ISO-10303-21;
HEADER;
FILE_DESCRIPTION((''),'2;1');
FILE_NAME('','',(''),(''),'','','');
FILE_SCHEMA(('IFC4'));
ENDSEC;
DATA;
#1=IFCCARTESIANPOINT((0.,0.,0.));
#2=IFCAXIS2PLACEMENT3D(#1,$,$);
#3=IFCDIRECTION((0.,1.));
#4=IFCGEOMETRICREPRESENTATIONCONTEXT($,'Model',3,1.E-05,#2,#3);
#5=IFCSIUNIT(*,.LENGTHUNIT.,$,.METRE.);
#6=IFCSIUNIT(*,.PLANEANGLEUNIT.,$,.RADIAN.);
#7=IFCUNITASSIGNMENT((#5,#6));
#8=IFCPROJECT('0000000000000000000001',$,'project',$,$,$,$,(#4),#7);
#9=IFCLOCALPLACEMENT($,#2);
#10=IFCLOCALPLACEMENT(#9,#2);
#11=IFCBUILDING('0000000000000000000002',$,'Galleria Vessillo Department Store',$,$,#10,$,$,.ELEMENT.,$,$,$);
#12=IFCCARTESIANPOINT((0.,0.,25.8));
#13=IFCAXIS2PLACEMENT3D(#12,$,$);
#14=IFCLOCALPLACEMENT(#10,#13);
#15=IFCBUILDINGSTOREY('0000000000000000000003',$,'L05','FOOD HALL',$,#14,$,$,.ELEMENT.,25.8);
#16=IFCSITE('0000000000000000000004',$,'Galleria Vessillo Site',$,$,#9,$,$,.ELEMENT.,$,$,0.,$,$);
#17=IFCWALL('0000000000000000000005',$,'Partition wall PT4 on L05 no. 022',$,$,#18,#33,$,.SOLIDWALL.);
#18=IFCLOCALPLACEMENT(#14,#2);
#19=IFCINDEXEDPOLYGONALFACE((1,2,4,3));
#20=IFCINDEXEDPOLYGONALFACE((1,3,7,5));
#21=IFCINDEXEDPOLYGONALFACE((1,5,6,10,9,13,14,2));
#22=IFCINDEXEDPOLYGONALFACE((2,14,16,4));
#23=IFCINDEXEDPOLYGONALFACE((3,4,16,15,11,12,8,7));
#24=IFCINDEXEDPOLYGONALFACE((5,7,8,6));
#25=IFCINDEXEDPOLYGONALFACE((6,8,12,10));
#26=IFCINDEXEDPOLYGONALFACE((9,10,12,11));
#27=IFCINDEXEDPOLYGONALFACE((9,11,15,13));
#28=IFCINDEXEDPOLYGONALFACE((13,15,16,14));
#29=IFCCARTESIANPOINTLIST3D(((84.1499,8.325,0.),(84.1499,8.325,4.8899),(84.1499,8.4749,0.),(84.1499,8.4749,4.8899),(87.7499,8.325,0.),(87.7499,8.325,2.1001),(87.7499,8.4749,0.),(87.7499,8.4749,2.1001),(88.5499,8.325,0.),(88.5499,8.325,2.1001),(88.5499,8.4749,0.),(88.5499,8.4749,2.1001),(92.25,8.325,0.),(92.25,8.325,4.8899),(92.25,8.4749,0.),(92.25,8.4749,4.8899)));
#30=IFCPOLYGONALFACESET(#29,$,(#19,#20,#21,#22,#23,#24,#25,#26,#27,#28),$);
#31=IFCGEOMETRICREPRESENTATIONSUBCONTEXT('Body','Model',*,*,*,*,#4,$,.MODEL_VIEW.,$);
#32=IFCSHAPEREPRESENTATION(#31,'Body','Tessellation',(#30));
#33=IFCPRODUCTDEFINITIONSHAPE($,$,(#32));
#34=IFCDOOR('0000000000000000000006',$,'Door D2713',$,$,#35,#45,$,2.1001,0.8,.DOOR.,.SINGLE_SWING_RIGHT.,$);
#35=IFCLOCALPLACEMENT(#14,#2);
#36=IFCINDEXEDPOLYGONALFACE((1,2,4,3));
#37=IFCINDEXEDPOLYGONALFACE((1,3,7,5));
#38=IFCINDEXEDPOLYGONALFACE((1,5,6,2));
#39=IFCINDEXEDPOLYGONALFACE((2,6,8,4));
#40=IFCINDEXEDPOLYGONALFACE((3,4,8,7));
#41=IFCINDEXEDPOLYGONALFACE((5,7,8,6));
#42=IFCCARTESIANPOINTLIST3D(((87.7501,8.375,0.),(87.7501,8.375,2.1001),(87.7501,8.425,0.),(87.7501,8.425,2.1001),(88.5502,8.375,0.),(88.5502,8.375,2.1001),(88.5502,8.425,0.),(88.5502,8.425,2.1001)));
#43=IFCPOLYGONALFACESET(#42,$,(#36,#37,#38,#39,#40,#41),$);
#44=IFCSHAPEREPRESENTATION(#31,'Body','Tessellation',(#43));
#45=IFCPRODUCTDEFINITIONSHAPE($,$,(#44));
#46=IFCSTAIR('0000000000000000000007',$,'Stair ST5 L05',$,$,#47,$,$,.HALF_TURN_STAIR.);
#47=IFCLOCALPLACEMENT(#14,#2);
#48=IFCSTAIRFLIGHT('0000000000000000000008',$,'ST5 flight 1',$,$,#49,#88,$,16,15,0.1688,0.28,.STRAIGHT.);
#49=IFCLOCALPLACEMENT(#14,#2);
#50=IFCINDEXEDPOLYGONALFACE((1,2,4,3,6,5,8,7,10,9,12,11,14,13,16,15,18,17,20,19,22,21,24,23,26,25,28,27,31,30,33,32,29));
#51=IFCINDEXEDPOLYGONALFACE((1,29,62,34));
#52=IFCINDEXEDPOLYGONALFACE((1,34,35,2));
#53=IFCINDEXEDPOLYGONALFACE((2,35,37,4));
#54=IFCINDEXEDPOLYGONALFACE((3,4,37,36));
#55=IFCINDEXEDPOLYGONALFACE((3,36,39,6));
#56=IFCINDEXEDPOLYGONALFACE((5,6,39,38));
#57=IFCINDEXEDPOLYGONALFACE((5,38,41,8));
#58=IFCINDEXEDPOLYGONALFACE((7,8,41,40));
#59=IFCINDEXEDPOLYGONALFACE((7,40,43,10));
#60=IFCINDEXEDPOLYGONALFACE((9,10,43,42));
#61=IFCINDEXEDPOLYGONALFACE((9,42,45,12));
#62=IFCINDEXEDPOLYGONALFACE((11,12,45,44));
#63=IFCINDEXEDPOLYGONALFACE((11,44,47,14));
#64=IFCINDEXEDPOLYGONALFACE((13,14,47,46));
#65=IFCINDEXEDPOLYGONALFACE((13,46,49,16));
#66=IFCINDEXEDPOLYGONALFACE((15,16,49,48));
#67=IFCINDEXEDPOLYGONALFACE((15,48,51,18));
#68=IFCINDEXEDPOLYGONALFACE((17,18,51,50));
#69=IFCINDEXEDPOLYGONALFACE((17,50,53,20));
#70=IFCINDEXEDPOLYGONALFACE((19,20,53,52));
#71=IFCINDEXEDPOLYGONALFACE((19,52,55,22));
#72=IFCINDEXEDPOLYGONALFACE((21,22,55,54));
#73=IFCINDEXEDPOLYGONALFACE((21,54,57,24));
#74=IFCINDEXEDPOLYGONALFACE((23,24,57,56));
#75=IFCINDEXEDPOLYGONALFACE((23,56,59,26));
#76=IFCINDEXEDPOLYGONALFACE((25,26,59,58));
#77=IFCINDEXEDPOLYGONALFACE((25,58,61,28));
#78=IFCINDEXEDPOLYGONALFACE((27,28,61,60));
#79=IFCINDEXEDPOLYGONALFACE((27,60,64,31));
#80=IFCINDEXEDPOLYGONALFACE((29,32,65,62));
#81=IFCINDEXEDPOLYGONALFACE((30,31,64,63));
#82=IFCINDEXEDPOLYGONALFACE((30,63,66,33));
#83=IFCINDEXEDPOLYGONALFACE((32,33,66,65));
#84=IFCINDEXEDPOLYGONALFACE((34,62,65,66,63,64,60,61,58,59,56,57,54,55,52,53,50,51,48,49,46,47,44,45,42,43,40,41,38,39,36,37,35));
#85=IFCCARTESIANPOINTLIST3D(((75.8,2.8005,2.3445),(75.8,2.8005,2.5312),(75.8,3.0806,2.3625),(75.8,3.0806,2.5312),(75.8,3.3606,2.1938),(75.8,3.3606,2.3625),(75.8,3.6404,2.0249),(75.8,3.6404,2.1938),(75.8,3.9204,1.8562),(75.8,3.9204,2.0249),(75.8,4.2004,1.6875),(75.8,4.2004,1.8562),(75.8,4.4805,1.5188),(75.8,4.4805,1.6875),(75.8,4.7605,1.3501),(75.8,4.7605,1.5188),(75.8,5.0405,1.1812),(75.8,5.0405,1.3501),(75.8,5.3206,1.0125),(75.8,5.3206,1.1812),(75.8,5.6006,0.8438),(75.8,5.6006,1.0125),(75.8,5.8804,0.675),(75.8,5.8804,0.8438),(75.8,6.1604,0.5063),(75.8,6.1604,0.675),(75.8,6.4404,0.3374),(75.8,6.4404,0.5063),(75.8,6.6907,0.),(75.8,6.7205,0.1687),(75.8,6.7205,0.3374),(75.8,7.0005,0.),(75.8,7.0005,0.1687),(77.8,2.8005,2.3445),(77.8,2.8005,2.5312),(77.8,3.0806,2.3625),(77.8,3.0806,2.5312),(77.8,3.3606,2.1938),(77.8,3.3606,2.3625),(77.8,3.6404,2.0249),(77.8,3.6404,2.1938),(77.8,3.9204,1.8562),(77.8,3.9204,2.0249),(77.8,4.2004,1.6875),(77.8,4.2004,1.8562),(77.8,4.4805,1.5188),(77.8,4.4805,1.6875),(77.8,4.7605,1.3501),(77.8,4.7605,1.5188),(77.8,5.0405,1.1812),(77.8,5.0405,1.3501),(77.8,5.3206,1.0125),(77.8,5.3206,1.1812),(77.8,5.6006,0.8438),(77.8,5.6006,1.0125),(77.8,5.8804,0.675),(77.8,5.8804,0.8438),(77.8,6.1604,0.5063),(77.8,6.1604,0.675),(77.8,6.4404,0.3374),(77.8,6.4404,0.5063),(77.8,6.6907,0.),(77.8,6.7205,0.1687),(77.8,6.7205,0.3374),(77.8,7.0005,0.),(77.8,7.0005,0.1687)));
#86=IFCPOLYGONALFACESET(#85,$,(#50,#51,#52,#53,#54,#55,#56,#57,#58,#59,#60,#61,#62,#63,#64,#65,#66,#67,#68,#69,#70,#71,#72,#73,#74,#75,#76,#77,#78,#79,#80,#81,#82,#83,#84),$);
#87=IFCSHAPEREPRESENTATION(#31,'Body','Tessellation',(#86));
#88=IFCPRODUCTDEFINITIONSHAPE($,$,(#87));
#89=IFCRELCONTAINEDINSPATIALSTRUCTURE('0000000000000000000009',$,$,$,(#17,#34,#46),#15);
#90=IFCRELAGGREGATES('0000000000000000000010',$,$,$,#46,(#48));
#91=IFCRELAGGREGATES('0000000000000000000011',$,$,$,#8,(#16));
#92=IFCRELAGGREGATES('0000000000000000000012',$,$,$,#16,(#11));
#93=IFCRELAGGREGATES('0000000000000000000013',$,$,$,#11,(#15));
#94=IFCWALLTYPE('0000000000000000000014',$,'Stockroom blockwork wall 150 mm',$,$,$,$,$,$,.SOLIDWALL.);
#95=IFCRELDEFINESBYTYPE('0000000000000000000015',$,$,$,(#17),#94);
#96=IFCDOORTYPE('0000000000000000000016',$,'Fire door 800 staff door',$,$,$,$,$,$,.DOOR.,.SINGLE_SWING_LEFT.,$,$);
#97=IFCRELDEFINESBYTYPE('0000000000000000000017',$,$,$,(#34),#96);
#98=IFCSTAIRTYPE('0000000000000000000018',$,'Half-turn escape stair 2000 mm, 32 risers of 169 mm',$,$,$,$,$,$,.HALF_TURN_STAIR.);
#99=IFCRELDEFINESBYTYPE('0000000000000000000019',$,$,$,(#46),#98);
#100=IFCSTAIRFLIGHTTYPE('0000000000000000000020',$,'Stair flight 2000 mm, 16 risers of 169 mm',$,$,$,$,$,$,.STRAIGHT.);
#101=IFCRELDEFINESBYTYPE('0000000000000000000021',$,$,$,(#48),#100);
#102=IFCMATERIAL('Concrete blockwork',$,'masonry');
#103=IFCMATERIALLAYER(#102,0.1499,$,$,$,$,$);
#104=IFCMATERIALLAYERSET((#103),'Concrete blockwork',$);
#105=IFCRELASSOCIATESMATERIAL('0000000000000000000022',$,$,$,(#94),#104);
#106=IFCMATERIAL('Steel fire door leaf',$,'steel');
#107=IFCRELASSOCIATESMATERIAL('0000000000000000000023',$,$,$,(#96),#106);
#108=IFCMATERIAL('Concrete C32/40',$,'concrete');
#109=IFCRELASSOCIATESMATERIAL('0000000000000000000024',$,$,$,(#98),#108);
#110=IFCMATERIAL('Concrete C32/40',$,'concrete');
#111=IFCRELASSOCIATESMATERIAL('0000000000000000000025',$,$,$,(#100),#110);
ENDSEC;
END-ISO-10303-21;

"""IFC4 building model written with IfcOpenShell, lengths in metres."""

from ifc_helpers import new_model, si_unit, direction, frame, frame_2d, origin, place, context, subcontext, project, spatial, polyline, rectangle, outline, extrude, material, layer, layer_set, type_object, element, fill, aggregate, save


model = new_model("IFC4")

# Units and contexts
model_context = context("Model", 3, precision=1e-05, world=origin(), true_north=direction((0.0, 1.0)))
body_context = subcontext(model_context, "Body", "Model", "MODEL_VIEW")
ifc_project = project(units=[si_unit("LENGTHUNIT", "METRE"), si_unit("PLANEANGLEUNIT", "RADIAN")], contexts=[model_context])

# Site, building, storey
site_placement = place(None, origin())
site = spatial("IfcSite", under=ifc_project, at=site_placement, Name="Galleria Vessillo Site", CompositionType="ELEMENT", RefElevation=0.0)
building_placement = place(site_placement, origin())
building = spatial("IfcBuilding", under=site, at=building_placement, Name="Galleria Vessillo Department Store", CompositionType="ELEMENT")
storey_placement = place(building_placement, frame((0.0, 0.0, 25.8)))
storey = spatial("IfcBuildingStorey", under=building, at=storey_placement, Name="L05", Description="FOOD HALL", CompositionType="ELEMENT", Elevation=25.8)

# Wall, opening, door
ifc_material_1 = material(Name="Concrete blockwork", Category="masonry")
ifc_layer_1 = layer(ifc_material_1, 0.1499)
ifc_layer_set_1 = layer_set([ifc_layer_1], Name="Concrete blockwork")
wall_type_1 = type_object("IfcWallType", Name="Stockroom blockwork wall 150 mm", PredefinedType="SOLIDWALL", material=ifc_layer_set_1)
wall_1_placement = place(storey_placement, frame((84.1499, 8.3999, 0.0), z_axis=(0.0, 0.0, 1.0), x_axis=(1.0, 0.0, 0.0)))
wall_1 = element("IfcWall", 1, at=wall_1_placement, inside=storey, type_object=wall_type_1, Name="Partition wall PT4 on L05 no. 022", PredefinedType="SOLIDWALL", context=body_context, shape_type="SweptSolid", body=[
    extrude(rectangle(XDim=8.1001, YDim=0.1499, at=frame_2d((4.05, 0.0))), origin(), (0.0, 0.0, 1.0), 4.8899),
])
opening_1_placement = place(wall_1_placement, frame((3.6001, 0.0, 0.0)))
opening_1 = element("IfcOpeningElement", 2, at=opening_1_placement, cuts=wall_1, PredefinedType="OPENING", context=body_context, shape_type="SweptSolid", body=[
    extrude(rectangle(XDim=0.8, YDim=2.1001, at=frame_2d((0.3999, 1.05))), frame((0.0, 0.085, 0.0), z_axis=(0.0, -1.0, 0.0), x_axis=(1.0, 0.0, 0.0)), (0.0, 0.0, 1.0), 0.1699),
])
ifc_material_2 = material(Name="Steel fire door leaf", Category="steel")
door_type_1 = type_object("IfcDoorType", Name="Fire door 800 staff door", OperationType="SINGLE_SWING_LEFT", PredefinedType="DOOR", material=ifc_material_2)
door_1_placement = place(opening_1_placement, frame((0.8, 0.0, 0.0), z_axis=(0.0, 0.0, 1.0), x_axis=(-1.0, 0.0, 0.0)))
door_1 = element("IfcDoor", 3, at=door_1_placement, inside=storey, type_object=door_type_1, Name="Door D2713", OperationType="SINGLE_SWING_RIGHT", OverallHeight=2.1001, OverallWidth=0.8, PredefinedType="DOOR", context=body_context, shape_type="SweptSolid", body=[
    extrude(rectangle(XDim=0.8, YDim=2.1001, at=frame_2d((0.3999, 1.05))), frame((0.0, 0.0249, 0.0), z_axis=(0.0, -1.0, 0.0), x_axis=(1.0, 0.0, 0.0)), (0.0, 0.0, 1.0), 0.05),
])
fill(opening_1, door_1)

# Stair, stair flight
ifc_material_3 = material(Name="Concrete C32/40", Category="concrete")
stair_type = type_object("IfcStairType", Name="Half-turn escape stair 2000 mm, 32 risers of 169 mm", PredefinedType="HALF_TURN_STAIR", material=ifc_material_3)
stair_placement = place(storey_placement, origin())
stair = element("IfcStair", 4, at=stair_placement, inside=storey, type_object=stair_type, Name="Stair ST5 L05", PredefinedType="HALF_TURN_STAIR")
ifc_material_4 = material(Name="Concrete C32/40", Category="concrete")
stair_flight_type = type_object("IfcStairFlightType", Name="Stair flight 2000 mm, 16 risers of 169 mm", PredefinedType="STRAIGHT", material=ifc_material_4)
stair_flight_placement = place(storey_placement, frame((76.8, 7.0005, 0.0), z_axis=(0.0, 0.0, 1.0), x_axis=(0.0, -1.0, 0.0)))
stair_flight = element("IfcStairFlight", 5, at=stair_flight_placement, type_object=stair_flight_type, Name="ST5 flight 1", NumberOfRisers=16, NumberOfTreads=15, PredefinedType="STRAIGHT", RiserHeight=0.1688, TreadLength=0.28, context=body_context, shape_type="SweptSolid", body=[
    extrude(outline(polyline([(0.0, 0.0), (0.0, 0.1687), (0.28, 0.1687), (0.28, 0.3374), (0.5601, 0.3374), (0.5601, 0.5063), (0.8401, 0.5063), (0.8401, 0.675), (1.1201, 0.675), (1.1201, 0.8438), (1.3999, 0.8438), (1.3999, 1.0125), (1.6799, 1.0125), (1.6799, 1.1812), (1.96, 1.1812), (1.96, 1.3501), (2.24, 1.3501), (2.24, 1.5188), (2.52, 1.5188), (2.52, 1.6875), (2.8, 1.6875), (2.8, 1.8562), (3.0801, 1.8562), (3.0801, 2.0249), (3.3601, 2.0249), (3.3601, 2.1938), (3.6399, 2.1938), (3.6399, 2.3625), (3.9199, 2.3625), (3.9199, 2.5312), (4.2, 2.5312), (4.2, 2.7), (4.2, 2.3445), (0.3098, 0.0), (0.0, 0.0)])), frame((0.0, 1.0, 0.0), z_axis=(0.0, -1.0, 0.0), x_axis=(1.0, 0.0, 0.0)), (0.0, 0.0, 1.0), 2.0),
])
aggregate(stair, [stair_flight])

save(model, "model.ifc")
